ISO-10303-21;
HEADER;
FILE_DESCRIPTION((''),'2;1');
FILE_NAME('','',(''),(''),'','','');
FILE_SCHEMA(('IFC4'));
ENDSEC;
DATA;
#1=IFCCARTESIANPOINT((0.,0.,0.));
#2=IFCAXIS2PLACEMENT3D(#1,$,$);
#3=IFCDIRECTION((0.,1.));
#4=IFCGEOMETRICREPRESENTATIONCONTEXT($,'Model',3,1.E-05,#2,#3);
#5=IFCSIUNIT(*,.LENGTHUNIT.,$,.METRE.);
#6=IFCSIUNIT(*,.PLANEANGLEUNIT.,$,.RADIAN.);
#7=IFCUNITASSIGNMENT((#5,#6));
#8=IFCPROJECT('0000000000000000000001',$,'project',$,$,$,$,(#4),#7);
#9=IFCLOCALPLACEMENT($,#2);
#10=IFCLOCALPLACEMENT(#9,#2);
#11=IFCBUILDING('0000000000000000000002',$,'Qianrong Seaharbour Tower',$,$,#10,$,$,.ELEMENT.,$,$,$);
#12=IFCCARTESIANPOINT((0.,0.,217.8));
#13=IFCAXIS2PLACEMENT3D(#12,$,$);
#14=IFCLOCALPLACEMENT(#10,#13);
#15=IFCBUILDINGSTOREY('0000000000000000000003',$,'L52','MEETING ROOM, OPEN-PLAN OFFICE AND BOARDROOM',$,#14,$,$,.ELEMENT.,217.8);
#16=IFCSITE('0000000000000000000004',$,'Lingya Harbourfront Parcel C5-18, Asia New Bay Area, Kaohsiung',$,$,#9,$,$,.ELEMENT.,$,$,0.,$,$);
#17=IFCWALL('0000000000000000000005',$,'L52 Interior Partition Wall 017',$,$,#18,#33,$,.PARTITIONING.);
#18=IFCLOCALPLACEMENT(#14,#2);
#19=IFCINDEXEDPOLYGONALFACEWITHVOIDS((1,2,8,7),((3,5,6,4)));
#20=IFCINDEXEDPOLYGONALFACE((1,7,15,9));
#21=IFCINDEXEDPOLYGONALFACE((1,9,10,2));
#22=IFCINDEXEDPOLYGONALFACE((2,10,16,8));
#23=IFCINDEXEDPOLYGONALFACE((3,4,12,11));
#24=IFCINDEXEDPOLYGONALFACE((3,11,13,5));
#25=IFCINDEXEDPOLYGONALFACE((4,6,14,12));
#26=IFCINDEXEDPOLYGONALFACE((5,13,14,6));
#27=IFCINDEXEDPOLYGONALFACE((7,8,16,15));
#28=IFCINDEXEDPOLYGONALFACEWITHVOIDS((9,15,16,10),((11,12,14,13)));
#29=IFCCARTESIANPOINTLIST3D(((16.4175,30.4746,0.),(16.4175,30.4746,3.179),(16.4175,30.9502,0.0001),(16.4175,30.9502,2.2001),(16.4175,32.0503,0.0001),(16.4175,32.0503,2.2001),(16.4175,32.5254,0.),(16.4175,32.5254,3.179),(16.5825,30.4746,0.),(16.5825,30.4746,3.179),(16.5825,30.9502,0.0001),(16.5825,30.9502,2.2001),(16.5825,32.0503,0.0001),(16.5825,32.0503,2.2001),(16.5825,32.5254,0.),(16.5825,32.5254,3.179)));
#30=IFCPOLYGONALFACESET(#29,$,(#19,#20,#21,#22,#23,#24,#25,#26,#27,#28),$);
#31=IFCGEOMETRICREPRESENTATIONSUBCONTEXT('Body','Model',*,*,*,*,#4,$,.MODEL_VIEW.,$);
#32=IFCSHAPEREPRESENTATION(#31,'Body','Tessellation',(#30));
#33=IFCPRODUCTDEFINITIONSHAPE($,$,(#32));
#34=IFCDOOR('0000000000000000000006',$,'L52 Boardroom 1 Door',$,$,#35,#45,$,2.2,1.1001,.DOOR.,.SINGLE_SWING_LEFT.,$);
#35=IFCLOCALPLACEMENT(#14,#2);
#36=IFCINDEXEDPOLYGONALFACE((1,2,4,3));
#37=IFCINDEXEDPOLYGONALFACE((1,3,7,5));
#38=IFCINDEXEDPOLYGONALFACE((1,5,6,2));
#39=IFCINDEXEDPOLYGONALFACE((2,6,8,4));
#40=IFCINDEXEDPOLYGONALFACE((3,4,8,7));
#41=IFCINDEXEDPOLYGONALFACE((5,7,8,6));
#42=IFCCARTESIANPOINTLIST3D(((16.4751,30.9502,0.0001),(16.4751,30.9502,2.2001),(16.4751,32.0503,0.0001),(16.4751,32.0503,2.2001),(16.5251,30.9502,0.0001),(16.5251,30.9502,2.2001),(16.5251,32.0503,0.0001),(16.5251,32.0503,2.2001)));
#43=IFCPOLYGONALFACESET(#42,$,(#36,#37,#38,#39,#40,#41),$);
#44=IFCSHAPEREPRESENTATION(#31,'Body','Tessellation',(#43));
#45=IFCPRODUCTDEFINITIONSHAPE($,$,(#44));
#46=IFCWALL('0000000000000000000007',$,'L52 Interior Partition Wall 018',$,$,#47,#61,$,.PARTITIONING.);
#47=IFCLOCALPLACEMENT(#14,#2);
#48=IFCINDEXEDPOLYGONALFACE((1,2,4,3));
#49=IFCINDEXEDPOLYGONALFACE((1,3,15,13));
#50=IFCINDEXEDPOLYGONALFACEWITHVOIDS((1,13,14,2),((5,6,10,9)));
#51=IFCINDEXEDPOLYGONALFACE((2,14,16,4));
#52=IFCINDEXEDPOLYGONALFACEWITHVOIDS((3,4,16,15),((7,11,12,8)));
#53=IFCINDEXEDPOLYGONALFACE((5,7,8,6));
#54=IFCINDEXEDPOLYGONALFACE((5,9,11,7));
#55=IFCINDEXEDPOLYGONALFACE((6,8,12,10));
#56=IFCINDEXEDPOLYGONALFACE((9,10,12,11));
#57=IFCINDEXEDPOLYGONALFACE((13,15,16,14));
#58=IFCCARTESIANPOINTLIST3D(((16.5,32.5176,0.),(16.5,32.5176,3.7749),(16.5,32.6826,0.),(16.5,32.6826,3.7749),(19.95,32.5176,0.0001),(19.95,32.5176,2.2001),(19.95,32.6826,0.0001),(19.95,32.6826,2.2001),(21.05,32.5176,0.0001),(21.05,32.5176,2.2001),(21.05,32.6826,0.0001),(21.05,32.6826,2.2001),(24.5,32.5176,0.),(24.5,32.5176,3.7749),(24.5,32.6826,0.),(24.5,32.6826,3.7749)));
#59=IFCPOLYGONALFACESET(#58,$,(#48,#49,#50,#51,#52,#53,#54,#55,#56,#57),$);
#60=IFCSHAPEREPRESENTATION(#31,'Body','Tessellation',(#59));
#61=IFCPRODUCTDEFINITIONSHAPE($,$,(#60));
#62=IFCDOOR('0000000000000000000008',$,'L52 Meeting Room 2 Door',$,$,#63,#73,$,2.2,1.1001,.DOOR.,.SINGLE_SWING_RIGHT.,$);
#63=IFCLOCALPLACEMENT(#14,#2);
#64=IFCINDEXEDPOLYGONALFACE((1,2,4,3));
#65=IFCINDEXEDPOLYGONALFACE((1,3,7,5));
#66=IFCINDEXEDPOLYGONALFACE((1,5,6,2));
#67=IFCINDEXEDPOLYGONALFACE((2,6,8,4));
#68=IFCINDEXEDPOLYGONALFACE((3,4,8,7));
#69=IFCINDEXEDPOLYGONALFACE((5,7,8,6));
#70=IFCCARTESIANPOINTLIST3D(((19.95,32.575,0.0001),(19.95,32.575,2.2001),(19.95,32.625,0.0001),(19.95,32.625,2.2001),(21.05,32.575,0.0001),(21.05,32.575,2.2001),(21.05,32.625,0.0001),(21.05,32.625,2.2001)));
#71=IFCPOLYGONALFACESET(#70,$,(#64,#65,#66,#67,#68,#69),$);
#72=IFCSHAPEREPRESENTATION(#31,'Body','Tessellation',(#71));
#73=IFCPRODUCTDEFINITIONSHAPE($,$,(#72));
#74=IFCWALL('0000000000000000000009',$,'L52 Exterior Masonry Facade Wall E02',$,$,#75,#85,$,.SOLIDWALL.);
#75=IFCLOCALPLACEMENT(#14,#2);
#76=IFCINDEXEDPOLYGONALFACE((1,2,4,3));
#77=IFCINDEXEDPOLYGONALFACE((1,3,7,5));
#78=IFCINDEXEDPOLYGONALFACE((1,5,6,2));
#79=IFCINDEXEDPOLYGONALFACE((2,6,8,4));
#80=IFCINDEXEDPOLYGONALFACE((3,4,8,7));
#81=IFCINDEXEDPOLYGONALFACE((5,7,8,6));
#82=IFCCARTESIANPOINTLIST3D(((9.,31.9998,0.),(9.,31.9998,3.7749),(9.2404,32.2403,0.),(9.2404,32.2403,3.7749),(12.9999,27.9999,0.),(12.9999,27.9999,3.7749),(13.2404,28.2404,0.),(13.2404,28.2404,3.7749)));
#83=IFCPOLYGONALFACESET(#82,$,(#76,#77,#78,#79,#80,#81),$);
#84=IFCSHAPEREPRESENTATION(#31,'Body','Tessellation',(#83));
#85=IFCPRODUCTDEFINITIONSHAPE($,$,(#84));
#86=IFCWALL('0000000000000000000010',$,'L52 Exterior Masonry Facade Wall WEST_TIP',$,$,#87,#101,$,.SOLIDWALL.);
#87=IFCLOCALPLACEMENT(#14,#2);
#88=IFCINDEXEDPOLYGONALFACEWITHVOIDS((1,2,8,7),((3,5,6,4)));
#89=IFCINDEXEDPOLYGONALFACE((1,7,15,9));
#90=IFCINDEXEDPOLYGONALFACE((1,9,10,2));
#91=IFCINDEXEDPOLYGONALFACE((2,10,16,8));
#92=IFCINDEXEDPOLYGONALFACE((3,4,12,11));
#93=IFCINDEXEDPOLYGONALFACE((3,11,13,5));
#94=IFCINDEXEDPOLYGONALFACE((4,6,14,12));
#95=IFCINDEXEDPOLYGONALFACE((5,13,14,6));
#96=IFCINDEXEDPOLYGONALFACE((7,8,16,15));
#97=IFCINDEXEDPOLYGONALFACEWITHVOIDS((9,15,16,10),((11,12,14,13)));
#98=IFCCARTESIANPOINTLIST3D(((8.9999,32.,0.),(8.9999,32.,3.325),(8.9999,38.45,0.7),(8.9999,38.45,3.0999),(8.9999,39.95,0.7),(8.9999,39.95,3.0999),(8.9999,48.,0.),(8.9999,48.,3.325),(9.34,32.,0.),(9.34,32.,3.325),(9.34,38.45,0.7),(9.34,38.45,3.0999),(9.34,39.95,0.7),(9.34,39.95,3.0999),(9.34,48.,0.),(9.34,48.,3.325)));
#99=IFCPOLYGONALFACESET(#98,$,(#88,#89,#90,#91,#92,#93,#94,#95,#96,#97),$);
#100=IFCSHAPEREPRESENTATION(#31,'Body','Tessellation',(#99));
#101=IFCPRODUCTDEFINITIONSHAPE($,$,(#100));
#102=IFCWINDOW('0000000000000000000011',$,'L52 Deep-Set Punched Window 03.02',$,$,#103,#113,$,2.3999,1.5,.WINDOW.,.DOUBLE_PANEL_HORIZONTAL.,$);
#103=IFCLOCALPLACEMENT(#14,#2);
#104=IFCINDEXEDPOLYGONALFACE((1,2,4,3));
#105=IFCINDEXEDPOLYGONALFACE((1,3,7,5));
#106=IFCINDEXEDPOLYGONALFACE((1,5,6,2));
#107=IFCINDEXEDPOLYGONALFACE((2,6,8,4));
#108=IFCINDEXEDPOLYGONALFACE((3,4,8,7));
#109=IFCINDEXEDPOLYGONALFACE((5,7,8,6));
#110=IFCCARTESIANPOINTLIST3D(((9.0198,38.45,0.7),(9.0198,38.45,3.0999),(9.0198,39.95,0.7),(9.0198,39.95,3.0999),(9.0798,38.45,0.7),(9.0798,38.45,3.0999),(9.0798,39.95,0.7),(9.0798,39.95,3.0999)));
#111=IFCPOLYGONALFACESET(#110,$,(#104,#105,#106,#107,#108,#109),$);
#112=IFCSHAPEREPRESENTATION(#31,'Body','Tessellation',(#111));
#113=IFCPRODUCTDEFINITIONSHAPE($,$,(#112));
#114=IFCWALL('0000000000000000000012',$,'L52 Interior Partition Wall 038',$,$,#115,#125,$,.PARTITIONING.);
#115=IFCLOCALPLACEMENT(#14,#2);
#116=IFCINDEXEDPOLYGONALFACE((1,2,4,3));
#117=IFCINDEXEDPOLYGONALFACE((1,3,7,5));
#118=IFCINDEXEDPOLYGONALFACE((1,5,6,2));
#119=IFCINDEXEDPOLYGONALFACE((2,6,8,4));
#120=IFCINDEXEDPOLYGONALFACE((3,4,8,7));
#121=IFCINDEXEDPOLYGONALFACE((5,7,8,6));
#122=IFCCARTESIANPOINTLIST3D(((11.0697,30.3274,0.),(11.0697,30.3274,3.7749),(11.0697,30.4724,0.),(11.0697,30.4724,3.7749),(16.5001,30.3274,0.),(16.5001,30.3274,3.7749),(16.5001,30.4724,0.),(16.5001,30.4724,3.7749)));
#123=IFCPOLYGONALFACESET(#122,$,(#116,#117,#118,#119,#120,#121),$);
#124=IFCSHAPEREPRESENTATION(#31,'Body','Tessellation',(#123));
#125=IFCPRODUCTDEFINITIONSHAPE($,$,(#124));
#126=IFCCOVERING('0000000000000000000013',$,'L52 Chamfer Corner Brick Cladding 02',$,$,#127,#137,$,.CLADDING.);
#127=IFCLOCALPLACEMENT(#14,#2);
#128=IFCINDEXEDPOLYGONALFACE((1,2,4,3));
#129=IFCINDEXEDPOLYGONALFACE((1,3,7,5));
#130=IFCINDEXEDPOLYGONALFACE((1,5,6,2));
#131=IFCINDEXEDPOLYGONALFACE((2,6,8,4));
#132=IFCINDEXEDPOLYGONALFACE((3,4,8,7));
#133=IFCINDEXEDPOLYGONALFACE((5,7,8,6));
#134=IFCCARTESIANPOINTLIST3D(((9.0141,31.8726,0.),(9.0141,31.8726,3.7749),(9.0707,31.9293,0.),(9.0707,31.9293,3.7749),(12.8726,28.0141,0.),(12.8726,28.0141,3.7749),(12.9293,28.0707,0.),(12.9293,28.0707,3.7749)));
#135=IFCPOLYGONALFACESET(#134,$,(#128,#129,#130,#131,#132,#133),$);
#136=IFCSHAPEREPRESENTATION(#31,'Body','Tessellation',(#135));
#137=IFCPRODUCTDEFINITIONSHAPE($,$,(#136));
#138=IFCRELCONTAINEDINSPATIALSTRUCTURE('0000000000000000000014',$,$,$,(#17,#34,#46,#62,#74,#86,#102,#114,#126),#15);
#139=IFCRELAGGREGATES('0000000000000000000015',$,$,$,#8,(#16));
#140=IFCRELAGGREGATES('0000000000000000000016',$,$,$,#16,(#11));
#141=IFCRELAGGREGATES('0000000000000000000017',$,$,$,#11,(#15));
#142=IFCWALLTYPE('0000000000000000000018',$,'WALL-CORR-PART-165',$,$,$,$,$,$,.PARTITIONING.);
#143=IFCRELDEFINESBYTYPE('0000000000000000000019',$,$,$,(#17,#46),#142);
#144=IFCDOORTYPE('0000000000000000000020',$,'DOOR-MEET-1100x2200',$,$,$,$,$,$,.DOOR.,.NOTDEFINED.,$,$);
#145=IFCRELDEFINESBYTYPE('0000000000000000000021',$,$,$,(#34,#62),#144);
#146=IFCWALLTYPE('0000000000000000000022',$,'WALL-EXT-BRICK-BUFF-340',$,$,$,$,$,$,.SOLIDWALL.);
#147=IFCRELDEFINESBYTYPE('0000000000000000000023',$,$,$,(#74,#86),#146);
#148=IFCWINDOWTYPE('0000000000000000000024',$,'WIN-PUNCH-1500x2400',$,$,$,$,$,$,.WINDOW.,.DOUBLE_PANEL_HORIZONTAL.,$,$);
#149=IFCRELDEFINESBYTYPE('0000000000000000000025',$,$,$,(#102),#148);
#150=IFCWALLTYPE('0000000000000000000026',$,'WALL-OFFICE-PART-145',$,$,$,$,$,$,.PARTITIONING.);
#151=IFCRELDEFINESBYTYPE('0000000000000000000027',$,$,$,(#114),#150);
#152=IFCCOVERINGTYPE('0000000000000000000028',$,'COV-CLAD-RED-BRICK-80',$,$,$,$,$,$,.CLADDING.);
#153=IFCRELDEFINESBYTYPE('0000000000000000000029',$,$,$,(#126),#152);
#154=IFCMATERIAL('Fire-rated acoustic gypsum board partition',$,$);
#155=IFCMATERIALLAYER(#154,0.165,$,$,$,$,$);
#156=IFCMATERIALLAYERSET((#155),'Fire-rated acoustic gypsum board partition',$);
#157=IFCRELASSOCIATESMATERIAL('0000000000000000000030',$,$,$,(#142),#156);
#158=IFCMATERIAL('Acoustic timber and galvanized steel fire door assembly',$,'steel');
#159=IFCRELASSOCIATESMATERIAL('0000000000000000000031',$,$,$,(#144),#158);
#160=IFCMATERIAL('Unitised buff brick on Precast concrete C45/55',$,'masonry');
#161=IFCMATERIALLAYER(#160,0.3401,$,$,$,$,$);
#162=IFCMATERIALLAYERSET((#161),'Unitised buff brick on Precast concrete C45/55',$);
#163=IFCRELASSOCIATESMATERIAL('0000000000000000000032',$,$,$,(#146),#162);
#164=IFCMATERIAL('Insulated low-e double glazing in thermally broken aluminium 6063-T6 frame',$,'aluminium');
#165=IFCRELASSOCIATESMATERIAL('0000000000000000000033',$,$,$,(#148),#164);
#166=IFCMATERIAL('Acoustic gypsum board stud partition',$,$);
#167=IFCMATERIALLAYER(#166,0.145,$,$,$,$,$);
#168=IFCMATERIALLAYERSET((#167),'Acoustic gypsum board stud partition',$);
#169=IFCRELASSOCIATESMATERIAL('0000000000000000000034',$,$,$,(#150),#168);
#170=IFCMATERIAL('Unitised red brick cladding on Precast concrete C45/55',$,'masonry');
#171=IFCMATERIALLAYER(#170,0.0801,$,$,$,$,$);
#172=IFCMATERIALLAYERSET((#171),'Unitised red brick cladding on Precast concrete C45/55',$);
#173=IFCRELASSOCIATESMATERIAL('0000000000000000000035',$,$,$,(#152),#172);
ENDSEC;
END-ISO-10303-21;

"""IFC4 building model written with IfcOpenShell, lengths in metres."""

from ifc_helpers import new_model, si_unit, direction, frame, frame_2d, origin, origin_2d, place, context, subcontext, project, spatial, rectangle, extrude, material, layer, layer_set, type_object, element, fill, save


model = new_model("IFC4")

# Units and contexts
model_context = context("Model", 3, precision=1e-05, world=origin(), true_north=direction((0.0, 1.0)))
body_context = subcontext(model_context, "Body", "Model", "MODEL_VIEW")
ifc_project = project(units=[si_unit("LENGTHUNIT", "METRE"), si_unit("PLANEANGLEUNIT", "RADIAN")], contexts=[model_context])

# Site, building, storey
site_placement = place(None, origin())
site = spatial("IfcSite", under=ifc_project, at=site_placement, Name="Lingya Harbourfront Parcel C5-18, Asia New Bay Area, Kaohsiung", CompositionType="ELEMENT", RefElevation=0.0)
building_placement = place(site_placement, origin())
building = spatial("IfcBuilding", under=site, at=building_placement, Name="Qianrong Seaharbour Tower", CompositionType="ELEMENT")
storey_placement = place(building_placement, frame((0.0, 0.0, 217.8)))
storey = spatial("IfcBuildingStorey", under=building, at=storey_placement, Name="L52", Description="MEETING ROOM, OPEN-PLAN OFFICE AND BOARDROOM", CompositionType="ELEMENT", Elevation=217.8)

# Walls, openings, doors
ifc_material_1 = material(Name="Fire-rated acoustic gypsum board partition")
ifc_layer_1 = layer(ifc_material_1, 0.165)
ifc_layer_set_1 = layer_set([ifc_layer_1], Name="Fire-rated acoustic gypsum board partition")
wall_type_1 = type_object("IfcWallType", Name="WALL-CORR-PART-165", PredefinedType="PARTITIONING", material=ifc_layer_set_1)
wall_1_placement = place(storey_placement, frame((16.5, 30.4746, 0.0), z_axis=(0.0, 0.0, 1.0), x_axis=(0.0, 1.0, 0.0)))
wall_1 = element("IfcWall", 1, at=wall_1_placement, inside=storey, type_object=wall_type_1, Name="L52 Interior Partition Wall 017", PredefinedType="PARTITIONING", context=body_context, shape_type="SweptSolid", body=[
    extrude(rectangle(XDim=2.0508, YDim=0.165, at=frame_2d((1.0254, 0.0))), origin(), (0.0, 0.0, 1.0), 3.179),
])
opening_1_placement = place(wall_1_placement, frame((0.4756, 0.0, 0.0)))
opening_1 = element("IfcOpeningElement", 2, at=opening_1_placement, cuts=wall_1, PredefinedType="OPENING", context=body_context, shape_type="SweptSolid", body=[
    extrude(rectangle(XDim=1.1001, YDim=2.2, at=frame_2d((0.55, 1.1001))), frame((0.0, 0.0925, 0.0), z_axis=(0.0, -1.0, 0.0), x_axis=(1.0, 0.0, 0.0)), (0.0, 0.0, 1.0), 0.1851),
])
ifc_material_2 = material(Name="Acoustic timber and galvanized steel fire door assembly", Category="steel")
door_type = type_object("IfcDoorType", Name="DOOR-MEET-1100x2200", OperationType="NOTDEFINED", PredefinedType="DOOR", material=ifc_material_2)
door_1_placement = place(opening_1_placement, origin())
door_1 = element("IfcDoor", 3, at=door_1_placement, inside=storey, type_object=door_type, Name="L52 Boardroom 1 Door", OperationType="SINGLE_SWING_LEFT", OverallHeight=2.2, OverallWidth=1.1001, PredefinedType="DOOR", context=body_context, shape_type="SweptSolid", body=[
    extrude(rectangle(XDim=1.1001, YDim=2.2, at=frame_2d((0.55, 1.1001))), frame((0.0, 0.0249, 0.0), z_axis=(0.0, -1.0, 0.0), x_axis=(1.0, 0.0, 0.0)), (0.0, 0.0, 1.0), 0.05),
])
fill(opening_1, door_1)
wall_2_placement = place(storey_placement, frame((16.5, 32.6001, 0.0), z_axis=(0.0, 0.0, 1.0), x_axis=(1.0, 0.0, 0.0)))
wall_2 = element("IfcWall", 4, at=wall_2_placement, inside=storey, type_object=wall_type_1, Name="L52 Interior Partition Wall 018", PredefinedType="PARTITIONING", context=body_context, shape_type="SweptSolid", body=[
    extrude(rectangle(XDim=8.0, YDim=0.165, at=frame_2d((4.0, 0.0))), origin(), (0.0, 0.0, 1.0), 3.7749),
])
opening_2_placement = place(wall_2_placement, frame((3.45, 0.0, 0.0)))
opening_2 = element("IfcOpeningElement", 5, at=opening_2_placement, cuts=wall_2, PredefinedType="OPENING", context=body_context, shape_type="SweptSolid", body=[
    extrude(rectangle(XDim=1.1001, YDim=2.2, at=frame_2d((0.55, 1.1001))), frame((0.0, 0.0925, 0.0), z_axis=(0.0, -1.0, 0.0), x_axis=(1.0, 0.0, 0.0)), (0.0, 0.0, 1.0), 0.1851),
])
door_2_placement = place(opening_2_placement, origin())
door_2 = element("IfcDoor", 6, at=door_2_placement, inside=storey, type_object=door_type, Name="L52 Meeting Room 2 Door", OperationType="SINGLE_SWING_RIGHT", OverallHeight=2.2, OverallWidth=1.1001, PredefinedType="DOOR", context=body_context, shape_type="SweptSolid", body=[
    extrude(rectangle(XDim=1.1001, YDim=2.2, at=frame_2d((0.55, 1.1001))), frame((0.0, 0.0249, 0.0), z_axis=(0.0, -1.0, 0.0), x_axis=(1.0, 0.0, 0.0)), (0.0, 0.0, 1.0), 0.05),
])
fill(opening_2, door_2)

# Wall
ifc_material_3 = material(Name="Unitised buff brick on Precast concrete C45/55", Category="masonry")
ifc_layer_2 = layer(ifc_material_3, 0.3401)
ifc_layer_set_2 = layer_set([ifc_layer_2], Name="Unitised buff brick on Precast concrete C45/55")
wall_type_2 = type_object("IfcWallType", Name="WALL-EXT-BRICK-BUFF-340", PredefinedType="SOLIDWALL", material=ifc_layer_set_2)
wall_3_placement = place(storey_placement, frame((13.1201, 28.1201, 0.0), z_axis=(0.0, 0.0, 1.0), x_axis=(-0.707107, 0.707107, 0.0)))
element("IfcWall", 7, at=wall_3_placement, inside=storey, type_object=wall_type_2, Name="L52 Exterior Masonry Facade Wall E02", PredefinedType="SOLIDWALL", context=body_context, shape_type="SweptSolid", body=[
    extrude(rectangle(XDim=5.6567, YDim=0.3401, at=frame_2d((2.8284, 0.0))), origin(), (0.0, 0.0, 1.0), 3.7749),
])

# Wall, opening, window
wall_4_placement = place(storey_placement, frame((9.1699, 32.0, 0.0), z_axis=(0.0, 0.0, 1.0), x_axis=(0.0, 1.0, 0.0)))
wall_4 = element("IfcWall", 8, at=wall_4_placement, inside=storey, type_object=wall_type_2, Name="L52 Exterior Masonry Facade Wall WEST_TIP", PredefinedType="SOLIDWALL", context=body_context, shape_type="SweptSolid", body=[
    extrude(rectangle(XDim=16.0, YDim=0.3401, at=frame_2d((8.0, 0.0))), origin(), (0.0, 0.0, 1.0), 3.325),
])
opening_3_placement = place(wall_4_placement, frame((6.45, 0.0, 0.7)))
opening_3 = element("IfcOpeningElement", 9, at=opening_3_placement, cuts=wall_4, PredefinedType="OPENING", context=body_context, shape_type="SweptSolid", body=[
    extrude(rectangle(XDim=1.5, YDim=2.3999, at=frame_2d((0.75, 1.2))), frame((0.0, 0.1802, 0.0), z_axis=(0.0, -1.0, 0.0), x_axis=(1.0, 0.0, 0.0)), (0.0, 0.0, 1.0), 0.3601),
])
ifc_material_4 = material(Name="Insulated low-e double glazing in thermally broken aluminium 6063-T6 frame", Category="aluminium")
window_type = type_object("IfcWindowType", Name="WIN-PUNCH-1500x2400", PartitioningType="DOUBLE_PANEL_HORIZONTAL", PredefinedType="WINDOW", material=ifc_material_4)
window_placement = place(opening_3_placement, origin())
window = element("IfcWindow", 10, at=window_placement, inside=storey, type_object=window_type, Name="L52 Deep-Set Punched Window 03.02", OverallHeight=2.3999, OverallWidth=1.5, PartitioningType="DOUBLE_PANEL_HORIZONTAL", PredefinedType="WINDOW", context=body_context, shape_type="SweptSolid", body=[
    extrude(rectangle(XDim=1.5, YDim=2.3999, at=frame_2d((0.75, 1.2))), frame((0.0, 0.1501, 0.0), z_axis=(0.0, -1.0, 0.0), x_axis=(1.0, 0.0, 0.0)), (0.0, 0.0, 1.0), 0.0601),
])
fill(opening_3, window)

# Wall
ifc_material_5 = material(Name="Acoustic gypsum board stud partition")
ifc_layer_3 = layer(ifc_material_5, 0.145)
ifc_layer_set_3 = layer_set([ifc_layer_3], Name="Acoustic gypsum board stud partition")
wall_type_3 = type_object("IfcWallType", Name="WALL-OFFICE-PART-145", PredefinedType="PARTITIONING", material=ifc_layer_set_3)
wall_5_placement = place(storey_placement, frame((11.0696, 30.3999, 0.0), z_axis=(0.0, 0.0, 1.0), x_axis=(1.0, 0.0, 0.0)))
element("IfcWall", 11, at=wall_5_placement, inside=storey, type_object=wall_type_3, Name="L52 Interior Partition Wall 038", PredefinedType="PARTITIONING", context=body_context, shape_type="SweptSolid", body=[
    extrude(rectangle(XDim=5.4304, YDim=0.145, at=frame_2d((2.7153, 0.0))), origin(), (0.0, 0.0, 1.0), 3.7749),
])

# Covering
ifc_material_6 = material(Name="Unitised red brick cladding on Precast concrete C45/55", Category="masonry")
ifc_layer_4 = layer(ifc_material_6, 0.0801)
ifc_layer_set_4 = layer_set([ifc_layer_4], Name="Unitised red brick cladding on Precast concrete C45/55")
covering_type_1 = type_object("IfcCoveringType", Name="COV-CLAD-RED-BRICK-80", PredefinedType="CLADDING", material=ifc_layer_set_4)
covering_1_placement = place(storey_placement, frame((10.9717, 29.9717, 0.0), z_axis=(0.0, 0.0, 1.0), x_axis=(-0.707107, 0.707107, 0.0)))
element("IfcCovering", 12, at=covering_1_placement, inside=storey, type_object=covering_type_1, Name="L52 Chamfer Corner Brick Cladding 02", PredefinedType="CLADDING", context=body_context, shape_type="SweptSolid", body=[
    extrude(rectangle(XDim=5.4568, YDim=0.0801, at=origin_2d()), origin(), (0.0, 0.0, 1.0), 3.7749),
])

save(model, "model.ifc")
